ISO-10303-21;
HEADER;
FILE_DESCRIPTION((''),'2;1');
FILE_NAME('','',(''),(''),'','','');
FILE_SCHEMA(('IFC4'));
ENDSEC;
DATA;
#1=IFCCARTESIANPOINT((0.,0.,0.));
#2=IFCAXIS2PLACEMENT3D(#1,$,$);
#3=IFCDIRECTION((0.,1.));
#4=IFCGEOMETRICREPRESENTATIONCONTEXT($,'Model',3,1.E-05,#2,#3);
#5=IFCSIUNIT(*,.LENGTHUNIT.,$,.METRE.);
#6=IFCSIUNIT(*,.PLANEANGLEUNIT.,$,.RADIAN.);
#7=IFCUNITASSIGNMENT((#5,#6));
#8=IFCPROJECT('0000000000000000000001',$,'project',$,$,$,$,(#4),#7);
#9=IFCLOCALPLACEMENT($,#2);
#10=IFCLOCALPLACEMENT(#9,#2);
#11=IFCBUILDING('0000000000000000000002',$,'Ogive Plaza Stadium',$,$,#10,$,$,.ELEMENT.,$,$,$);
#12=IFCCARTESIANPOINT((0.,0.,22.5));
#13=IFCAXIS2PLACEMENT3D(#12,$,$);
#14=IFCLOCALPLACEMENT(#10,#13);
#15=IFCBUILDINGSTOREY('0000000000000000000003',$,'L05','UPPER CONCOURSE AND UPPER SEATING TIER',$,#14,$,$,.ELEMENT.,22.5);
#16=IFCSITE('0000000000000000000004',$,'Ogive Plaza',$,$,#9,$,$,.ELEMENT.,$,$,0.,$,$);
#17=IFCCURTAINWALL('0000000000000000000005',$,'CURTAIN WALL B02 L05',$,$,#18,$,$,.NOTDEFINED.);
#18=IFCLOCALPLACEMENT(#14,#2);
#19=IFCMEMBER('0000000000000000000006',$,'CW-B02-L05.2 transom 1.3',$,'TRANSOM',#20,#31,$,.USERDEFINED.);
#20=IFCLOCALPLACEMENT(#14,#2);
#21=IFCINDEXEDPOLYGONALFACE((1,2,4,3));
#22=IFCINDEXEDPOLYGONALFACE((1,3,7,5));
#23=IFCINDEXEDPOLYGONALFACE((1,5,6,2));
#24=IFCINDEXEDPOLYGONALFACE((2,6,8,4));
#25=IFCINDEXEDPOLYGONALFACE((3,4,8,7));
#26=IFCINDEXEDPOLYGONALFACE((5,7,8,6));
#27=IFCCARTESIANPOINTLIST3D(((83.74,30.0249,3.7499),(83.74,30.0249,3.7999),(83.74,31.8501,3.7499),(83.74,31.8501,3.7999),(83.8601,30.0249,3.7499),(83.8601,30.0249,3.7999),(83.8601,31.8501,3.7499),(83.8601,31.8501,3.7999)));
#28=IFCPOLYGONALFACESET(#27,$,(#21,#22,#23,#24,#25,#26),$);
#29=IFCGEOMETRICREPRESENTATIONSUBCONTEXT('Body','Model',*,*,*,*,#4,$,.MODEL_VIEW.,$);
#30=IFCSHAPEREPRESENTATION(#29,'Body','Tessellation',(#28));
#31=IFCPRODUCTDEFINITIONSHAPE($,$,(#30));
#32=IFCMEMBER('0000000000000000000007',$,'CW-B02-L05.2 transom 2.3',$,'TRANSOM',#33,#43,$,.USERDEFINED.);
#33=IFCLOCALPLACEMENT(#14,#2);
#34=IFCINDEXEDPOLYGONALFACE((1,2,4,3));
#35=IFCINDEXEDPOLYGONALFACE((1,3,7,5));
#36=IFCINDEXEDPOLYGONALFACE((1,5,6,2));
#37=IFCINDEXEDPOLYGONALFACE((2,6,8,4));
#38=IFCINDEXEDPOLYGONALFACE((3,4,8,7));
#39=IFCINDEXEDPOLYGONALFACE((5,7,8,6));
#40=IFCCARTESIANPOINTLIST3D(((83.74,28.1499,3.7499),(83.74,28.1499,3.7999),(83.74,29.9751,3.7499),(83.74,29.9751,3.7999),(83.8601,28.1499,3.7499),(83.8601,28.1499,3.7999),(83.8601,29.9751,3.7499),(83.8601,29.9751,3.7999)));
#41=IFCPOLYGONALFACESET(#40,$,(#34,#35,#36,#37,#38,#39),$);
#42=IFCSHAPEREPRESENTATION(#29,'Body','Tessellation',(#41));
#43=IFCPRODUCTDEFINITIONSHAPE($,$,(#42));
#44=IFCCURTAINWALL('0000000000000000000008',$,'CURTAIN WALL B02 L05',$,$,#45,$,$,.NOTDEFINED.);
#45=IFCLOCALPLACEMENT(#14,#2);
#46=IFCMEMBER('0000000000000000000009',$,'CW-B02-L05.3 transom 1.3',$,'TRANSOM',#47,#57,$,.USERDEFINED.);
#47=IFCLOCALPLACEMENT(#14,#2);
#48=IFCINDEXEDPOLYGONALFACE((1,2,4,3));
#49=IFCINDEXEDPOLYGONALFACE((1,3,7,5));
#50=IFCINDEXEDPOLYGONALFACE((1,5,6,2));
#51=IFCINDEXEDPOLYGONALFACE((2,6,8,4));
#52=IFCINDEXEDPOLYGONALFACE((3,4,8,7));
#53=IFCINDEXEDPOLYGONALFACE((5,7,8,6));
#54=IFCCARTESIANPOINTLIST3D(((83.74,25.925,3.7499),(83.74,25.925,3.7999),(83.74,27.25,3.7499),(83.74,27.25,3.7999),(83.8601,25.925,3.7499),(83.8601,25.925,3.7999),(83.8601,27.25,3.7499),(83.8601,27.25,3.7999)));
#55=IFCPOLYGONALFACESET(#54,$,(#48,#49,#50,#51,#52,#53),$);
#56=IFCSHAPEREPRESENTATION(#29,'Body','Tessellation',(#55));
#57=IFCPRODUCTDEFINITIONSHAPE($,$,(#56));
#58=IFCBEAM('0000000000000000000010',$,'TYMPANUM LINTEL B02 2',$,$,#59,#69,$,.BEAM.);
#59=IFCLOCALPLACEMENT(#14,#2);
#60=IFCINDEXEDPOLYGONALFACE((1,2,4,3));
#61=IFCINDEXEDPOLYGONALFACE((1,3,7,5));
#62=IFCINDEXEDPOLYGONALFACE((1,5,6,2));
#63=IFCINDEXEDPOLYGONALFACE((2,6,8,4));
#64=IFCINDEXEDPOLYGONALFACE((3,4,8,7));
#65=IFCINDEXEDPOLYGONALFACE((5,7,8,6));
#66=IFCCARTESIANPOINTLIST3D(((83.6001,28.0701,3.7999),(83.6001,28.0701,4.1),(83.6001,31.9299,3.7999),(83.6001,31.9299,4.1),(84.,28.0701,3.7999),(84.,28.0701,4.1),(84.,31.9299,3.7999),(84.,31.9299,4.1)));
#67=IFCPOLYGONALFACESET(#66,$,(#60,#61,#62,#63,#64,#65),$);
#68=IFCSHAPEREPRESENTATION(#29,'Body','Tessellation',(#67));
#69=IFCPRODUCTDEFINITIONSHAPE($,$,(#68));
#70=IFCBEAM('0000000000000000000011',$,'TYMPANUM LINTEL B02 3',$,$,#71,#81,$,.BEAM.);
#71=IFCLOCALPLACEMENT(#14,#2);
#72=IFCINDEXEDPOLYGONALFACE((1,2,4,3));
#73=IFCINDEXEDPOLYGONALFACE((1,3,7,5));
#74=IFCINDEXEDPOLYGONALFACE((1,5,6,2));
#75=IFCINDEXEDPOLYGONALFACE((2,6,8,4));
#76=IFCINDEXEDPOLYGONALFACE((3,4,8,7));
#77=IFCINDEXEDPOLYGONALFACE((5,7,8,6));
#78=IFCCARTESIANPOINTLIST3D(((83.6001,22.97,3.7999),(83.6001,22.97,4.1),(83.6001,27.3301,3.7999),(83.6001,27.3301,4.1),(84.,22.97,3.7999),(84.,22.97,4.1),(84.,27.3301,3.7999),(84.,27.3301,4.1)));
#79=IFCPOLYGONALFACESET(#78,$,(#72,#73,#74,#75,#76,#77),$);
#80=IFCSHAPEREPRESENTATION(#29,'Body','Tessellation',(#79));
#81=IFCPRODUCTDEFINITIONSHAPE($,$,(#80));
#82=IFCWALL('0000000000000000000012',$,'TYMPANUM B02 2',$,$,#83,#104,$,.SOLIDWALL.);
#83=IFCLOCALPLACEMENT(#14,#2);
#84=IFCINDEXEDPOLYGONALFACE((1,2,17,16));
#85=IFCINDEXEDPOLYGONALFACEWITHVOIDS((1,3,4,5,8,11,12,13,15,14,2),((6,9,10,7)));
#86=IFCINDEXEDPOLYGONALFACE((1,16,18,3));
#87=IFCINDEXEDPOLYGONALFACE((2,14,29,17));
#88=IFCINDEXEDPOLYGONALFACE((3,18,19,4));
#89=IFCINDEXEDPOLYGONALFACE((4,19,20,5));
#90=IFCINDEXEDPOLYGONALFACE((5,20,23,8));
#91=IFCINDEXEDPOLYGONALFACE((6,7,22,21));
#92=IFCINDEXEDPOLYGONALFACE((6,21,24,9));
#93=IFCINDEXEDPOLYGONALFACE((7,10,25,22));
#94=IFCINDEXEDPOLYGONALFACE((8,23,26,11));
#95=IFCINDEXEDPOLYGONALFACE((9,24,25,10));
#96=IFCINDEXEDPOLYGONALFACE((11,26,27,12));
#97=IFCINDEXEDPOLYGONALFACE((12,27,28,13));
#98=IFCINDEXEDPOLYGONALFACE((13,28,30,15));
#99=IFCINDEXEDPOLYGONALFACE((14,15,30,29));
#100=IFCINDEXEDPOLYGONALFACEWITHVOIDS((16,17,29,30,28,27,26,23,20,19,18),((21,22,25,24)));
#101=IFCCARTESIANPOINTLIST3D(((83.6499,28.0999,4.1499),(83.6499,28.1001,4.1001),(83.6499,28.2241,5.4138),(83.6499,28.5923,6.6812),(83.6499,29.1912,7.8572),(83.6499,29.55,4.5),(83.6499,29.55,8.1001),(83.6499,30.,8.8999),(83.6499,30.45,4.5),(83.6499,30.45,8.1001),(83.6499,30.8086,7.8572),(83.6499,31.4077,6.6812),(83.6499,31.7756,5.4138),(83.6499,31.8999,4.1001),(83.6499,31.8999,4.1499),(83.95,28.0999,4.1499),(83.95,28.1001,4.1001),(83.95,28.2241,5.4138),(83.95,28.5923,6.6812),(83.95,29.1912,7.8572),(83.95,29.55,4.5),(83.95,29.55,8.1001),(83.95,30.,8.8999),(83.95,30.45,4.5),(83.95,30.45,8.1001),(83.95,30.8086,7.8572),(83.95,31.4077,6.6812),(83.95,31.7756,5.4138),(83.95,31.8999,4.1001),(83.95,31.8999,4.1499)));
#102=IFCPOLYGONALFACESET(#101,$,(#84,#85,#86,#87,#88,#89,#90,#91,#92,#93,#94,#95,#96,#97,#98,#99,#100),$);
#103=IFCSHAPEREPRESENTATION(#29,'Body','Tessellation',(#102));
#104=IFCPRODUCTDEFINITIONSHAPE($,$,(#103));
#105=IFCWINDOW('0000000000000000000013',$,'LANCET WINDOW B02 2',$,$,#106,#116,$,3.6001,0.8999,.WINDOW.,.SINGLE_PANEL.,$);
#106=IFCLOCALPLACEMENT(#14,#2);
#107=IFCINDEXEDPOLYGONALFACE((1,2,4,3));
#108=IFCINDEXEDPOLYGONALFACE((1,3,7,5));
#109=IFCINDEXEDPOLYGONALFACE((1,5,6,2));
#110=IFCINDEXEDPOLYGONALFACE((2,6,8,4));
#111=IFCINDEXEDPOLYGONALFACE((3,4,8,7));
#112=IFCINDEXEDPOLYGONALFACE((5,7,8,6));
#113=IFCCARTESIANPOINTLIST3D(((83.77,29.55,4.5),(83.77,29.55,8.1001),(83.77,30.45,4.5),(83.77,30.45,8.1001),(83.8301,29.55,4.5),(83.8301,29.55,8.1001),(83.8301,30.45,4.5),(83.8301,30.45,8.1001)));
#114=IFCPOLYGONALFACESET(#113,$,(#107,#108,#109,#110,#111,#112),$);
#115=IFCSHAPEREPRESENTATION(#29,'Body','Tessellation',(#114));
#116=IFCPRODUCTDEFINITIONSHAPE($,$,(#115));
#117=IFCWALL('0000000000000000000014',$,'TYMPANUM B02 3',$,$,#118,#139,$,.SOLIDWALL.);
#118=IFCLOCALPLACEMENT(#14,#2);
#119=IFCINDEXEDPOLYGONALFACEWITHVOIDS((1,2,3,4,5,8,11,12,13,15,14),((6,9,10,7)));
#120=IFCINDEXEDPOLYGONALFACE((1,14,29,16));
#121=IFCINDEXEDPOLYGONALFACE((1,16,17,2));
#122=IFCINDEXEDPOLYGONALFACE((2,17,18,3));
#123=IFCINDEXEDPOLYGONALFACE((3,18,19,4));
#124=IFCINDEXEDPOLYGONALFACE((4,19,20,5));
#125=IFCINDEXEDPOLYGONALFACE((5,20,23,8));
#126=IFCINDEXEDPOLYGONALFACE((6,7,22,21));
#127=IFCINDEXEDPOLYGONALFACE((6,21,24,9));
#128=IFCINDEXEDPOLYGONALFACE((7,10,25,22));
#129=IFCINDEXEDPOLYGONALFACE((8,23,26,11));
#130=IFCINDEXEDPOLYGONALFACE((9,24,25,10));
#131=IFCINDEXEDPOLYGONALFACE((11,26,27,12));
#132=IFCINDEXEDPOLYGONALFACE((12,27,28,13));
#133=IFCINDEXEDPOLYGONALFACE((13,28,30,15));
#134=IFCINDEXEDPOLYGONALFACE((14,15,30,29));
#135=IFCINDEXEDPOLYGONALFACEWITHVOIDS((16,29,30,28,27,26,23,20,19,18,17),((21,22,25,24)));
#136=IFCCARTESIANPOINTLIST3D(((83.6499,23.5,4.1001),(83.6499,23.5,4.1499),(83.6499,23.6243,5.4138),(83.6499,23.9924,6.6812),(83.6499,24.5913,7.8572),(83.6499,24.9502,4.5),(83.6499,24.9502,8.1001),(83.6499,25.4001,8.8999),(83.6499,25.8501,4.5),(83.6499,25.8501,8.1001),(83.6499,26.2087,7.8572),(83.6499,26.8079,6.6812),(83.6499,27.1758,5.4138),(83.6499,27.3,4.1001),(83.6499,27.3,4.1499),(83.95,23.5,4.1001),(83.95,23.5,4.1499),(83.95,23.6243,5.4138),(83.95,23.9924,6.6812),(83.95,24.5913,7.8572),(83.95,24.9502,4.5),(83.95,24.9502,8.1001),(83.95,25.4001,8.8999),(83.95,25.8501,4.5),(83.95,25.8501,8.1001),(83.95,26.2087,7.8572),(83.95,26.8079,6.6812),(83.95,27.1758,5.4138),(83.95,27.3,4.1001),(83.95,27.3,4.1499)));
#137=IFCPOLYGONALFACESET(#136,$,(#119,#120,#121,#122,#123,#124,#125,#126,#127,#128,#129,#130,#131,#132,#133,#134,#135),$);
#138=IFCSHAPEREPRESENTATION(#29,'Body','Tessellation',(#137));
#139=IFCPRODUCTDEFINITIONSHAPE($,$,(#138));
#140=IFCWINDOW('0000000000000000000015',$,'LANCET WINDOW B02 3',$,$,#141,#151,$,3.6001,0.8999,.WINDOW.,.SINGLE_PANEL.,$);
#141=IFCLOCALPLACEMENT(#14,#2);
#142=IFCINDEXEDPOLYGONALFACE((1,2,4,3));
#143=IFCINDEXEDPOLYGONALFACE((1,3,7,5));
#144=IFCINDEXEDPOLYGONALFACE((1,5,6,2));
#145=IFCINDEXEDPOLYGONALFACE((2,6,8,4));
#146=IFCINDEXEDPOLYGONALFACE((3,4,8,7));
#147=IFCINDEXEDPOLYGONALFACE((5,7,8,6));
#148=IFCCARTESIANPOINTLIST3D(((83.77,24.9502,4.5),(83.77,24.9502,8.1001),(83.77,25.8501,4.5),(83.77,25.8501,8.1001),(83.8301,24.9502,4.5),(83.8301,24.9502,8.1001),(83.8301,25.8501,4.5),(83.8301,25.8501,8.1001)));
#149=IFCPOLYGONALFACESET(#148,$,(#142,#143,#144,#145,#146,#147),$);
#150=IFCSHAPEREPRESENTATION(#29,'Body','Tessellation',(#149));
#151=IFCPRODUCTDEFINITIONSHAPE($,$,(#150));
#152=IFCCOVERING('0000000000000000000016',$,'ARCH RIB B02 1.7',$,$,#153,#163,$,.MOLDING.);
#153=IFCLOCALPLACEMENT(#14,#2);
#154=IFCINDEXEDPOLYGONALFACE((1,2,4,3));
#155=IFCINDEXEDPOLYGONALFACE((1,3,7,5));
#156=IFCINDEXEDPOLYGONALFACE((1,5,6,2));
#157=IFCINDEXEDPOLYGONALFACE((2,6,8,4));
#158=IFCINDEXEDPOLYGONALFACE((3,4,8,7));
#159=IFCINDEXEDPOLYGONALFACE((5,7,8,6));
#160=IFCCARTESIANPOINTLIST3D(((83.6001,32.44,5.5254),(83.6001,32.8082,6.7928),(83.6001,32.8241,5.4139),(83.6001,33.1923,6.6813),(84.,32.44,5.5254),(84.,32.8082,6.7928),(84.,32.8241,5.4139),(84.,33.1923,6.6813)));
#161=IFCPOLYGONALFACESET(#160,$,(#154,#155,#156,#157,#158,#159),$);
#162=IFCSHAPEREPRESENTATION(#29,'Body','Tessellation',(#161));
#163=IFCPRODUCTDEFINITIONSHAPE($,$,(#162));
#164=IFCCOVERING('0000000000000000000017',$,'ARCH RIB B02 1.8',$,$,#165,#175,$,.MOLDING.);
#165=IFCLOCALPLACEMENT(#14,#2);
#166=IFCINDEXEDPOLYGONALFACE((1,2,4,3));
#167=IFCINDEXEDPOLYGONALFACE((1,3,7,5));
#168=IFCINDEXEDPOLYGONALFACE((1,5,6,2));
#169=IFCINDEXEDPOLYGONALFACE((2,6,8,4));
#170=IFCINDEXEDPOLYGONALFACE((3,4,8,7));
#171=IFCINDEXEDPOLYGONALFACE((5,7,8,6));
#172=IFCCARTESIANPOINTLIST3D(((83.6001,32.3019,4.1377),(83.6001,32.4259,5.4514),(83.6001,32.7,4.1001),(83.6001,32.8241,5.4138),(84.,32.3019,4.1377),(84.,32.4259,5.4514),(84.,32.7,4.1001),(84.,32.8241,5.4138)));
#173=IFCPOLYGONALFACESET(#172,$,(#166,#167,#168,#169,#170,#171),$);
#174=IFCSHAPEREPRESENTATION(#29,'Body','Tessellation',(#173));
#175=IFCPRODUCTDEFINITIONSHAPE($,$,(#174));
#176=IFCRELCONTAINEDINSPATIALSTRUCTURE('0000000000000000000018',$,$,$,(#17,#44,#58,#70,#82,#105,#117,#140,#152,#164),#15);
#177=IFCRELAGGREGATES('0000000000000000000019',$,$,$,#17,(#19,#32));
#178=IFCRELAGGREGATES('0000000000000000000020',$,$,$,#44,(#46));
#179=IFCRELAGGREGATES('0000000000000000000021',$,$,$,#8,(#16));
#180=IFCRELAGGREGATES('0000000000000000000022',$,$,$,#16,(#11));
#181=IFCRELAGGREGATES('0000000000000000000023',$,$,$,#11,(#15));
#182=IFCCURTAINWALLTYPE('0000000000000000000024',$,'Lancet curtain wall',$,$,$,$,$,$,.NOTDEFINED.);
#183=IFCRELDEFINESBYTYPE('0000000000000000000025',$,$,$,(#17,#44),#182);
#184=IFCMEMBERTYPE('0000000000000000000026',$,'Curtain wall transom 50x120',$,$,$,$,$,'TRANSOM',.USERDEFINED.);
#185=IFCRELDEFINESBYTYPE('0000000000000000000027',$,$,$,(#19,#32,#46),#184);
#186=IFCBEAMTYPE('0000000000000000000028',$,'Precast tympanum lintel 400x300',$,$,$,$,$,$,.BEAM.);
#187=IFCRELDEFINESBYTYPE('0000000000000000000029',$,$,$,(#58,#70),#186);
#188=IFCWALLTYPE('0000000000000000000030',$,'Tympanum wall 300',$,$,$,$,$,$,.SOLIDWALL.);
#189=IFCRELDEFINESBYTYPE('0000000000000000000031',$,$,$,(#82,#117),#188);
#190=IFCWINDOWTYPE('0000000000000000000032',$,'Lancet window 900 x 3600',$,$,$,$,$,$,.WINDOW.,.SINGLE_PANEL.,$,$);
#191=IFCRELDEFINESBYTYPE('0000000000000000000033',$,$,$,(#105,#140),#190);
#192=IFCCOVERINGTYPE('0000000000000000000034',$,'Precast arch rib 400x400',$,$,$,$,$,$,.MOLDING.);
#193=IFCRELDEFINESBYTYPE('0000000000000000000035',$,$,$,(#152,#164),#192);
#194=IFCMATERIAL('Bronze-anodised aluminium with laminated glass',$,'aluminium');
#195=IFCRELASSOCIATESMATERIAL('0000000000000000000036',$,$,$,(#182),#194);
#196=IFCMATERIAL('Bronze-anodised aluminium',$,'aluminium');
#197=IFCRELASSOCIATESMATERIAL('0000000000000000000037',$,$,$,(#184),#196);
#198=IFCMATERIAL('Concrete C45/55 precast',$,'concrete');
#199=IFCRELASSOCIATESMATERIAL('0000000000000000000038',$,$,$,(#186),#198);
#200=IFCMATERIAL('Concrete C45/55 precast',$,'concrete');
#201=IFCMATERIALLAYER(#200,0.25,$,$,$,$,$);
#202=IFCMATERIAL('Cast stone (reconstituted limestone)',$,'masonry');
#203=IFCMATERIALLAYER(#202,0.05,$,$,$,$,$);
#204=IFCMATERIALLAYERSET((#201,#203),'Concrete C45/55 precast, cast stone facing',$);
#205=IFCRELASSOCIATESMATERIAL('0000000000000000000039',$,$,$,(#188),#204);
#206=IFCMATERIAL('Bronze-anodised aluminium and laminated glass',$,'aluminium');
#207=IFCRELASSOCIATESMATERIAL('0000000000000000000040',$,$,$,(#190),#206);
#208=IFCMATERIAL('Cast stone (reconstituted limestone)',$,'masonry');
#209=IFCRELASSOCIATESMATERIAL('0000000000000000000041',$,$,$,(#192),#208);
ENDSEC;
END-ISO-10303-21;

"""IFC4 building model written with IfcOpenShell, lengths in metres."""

from ifc_helpers import new_model, si_unit, direction, frame, frame_2d, origin, origin_2d, place, context, subcontext, project, spatial, polyline, rectangle, outline, extrude, material, layer, layer_set, material_profile, profile_set, type_object, element, fill, aggregate, save


model = new_model("IFC4")

# Units and contexts
model_context = context("Model", 3, precision=1e-05, world=origin(), true_north=direction((0.0, 1.0)))
body_context = subcontext(model_context, "Body", "Model", "MODEL_VIEW")
ifc_project = project(units=[si_unit("LENGTHUNIT", "METRE"), si_unit("PLANEANGLEUNIT", "RADIAN")], contexts=[model_context])

# Site, building, storey
site_placement = place(None, origin())
site = spatial("IfcSite", under=ifc_project, at=site_placement, Name="Ogive Plaza", CompositionType="ELEMENT", RefElevation=0.0)
building_placement = place(site_placement, origin())
building = spatial("IfcBuilding", under=site, at=building_placement, Name="Ogive Plaza Stadium", CompositionType="ELEMENT")
storey_placement = place(building_placement, frame((0.0, 0.0, 22.5)))
storey = spatial("IfcBuildingStorey", under=building, at=storey_placement, Name="L05", Description="UPPER CONCOURSE AND UPPER SEATING TIER", CompositionType="ELEMENT", Elevation=22.5)

# Curtain wall, members
ifc_material_1 = material(Name="Bronze-anodised aluminium with laminated glass", Category="aluminium")
curtain_wall_type = type_object("IfcCurtainWallType", Name="Lancet curtain wall", PredefinedType="NOTDEFINED", material=ifc_material_1)
curtain_wall_1_placement = place(storey_placement, origin())
curtain_wall_1 = element("IfcCurtainWall", 1, at=curtain_wall_1_placement, inside=storey, type_object=curtain_wall_type, Name="CURTAIN WALL B02 L05", PredefinedType="NOTDEFINED")
ifc_material_2 = material(Name="Bronze-anodised aluminium", Category="aluminium")
ifc_material_profile_1 = material_profile(ifc_material_2, rectangle(XDim=0.1201, YDim=0.05, at=origin_2d()), Name="AL 120x50")
ifc_profile_set_1 = profile_set([ifc_material_profile_1], Name="Bronze-anodised aluminium")
member_type = type_object("IfcMemberType", Name="Curtain wall transom 50x120", ElementType="TRANSOM", PredefinedType="USERDEFINED", material=ifc_profile_set_1)
member_1_placement = place(storey_placement, frame((83.8, 31.8501, 3.7749), z_axis=(0.0, -1.0, 0.0), x_axis=(1.0, 0.0, 0.0)))
member_1 = element("IfcMember", 2, at=member_1_placement, type_object=member_type, Name="CW-B02-L05.2 transom 1.3", ObjectType="TRANSOM", PredefinedType="USERDEFINED", context=body_context, shape_type="SweptSolid", body=[
    extrude(rectangle(XDim=0.1201, YDim=0.05, at=origin_2d()), origin(), (0.0, 0.0, 1.0), 1.8252),
])
member_2_placement = place(storey_placement, frame((83.8, 29.9751, 3.7749), z_axis=(0.0, -1.0, 0.0), x_axis=(1.0, 0.0, 0.0)))
member_2 = element("IfcMember", 3, at=member_2_placement, type_object=member_type, Name="CW-B02-L05.2 transom 2.3", ObjectType="TRANSOM", PredefinedType="USERDEFINED", context=body_context, shape_type="SweptSolid", body=[
    extrude(rectangle(XDim=0.1201, YDim=0.05, at=origin_2d()), origin(), (0.0, 0.0, 1.0), 1.8252),
])
aggregate(curtain_wall_1, [member_1, member_2])

# Curtain wall, member
curtain_wall_2_placement = place(storey_placement, origin())
curtain_wall_2 = element("IfcCurtainWall", 4, at=curtain_wall_2_placement, inside=storey, type_object=curtain_wall_type, Name="CURTAIN WALL B02 L05", PredefinedType="NOTDEFINED")
member_3_placement = place(storey_placement, frame((83.8, 27.25, 3.7749), z_axis=(0.0, -1.0, 0.0), x_axis=(1.0, 0.0, 0.0)))
member_3 = element("IfcMember", 5, at=member_3_placement, type_object=member_type, Name="CW-B02-L05.3 transom 1.3", ObjectType="TRANSOM", PredefinedType="USERDEFINED", context=body_context, shape_type="SweptSolid", body=[
    extrude(rectangle(XDim=0.1201, YDim=0.05, at=origin_2d()), origin(), (0.0, 0.0, 1.0), 1.325),
])
aggregate(curtain_wall_2, [member_3])

# Beams
ifc_material_3 = material(Name="Concrete C45/55 precast", Category="concrete")
ifc_material_profile_2 = material_profile(ifc_material_3, rectangle(XDim=0.3999, YDim=0.3, at=origin_2d()), Name="RC 400x300")
ifc_profile_set_2 = profile_set([ifc_material_profile_2], Name="Concrete C45/55 precast")
beam_type = type_object("IfcBeamType", Name="Precast tympanum lintel 400x300", PredefinedType="BEAM", material=ifc_profile_set_2)
beam_1_placement = place(storey_placement, frame((83.8, 31.9299, 3.95), z_axis=(0.0, -1.0, 0.0), x_axis=(1.0, 0.0, 0.0)))
element("IfcBeam", 6, at=beam_1_placement, inside=storey, type_object=beam_type, Name="TYMPANUM LINTEL B02 2", PredefinedType="BEAM", context=body_context, shape_type="SweptSolid", body=[
    extrude(rectangle(XDim=0.3999, YDim=0.3, at=origin_2d()), origin(), (0.0, 0.0, 1.0), 3.8599),
])
beam_2_placement = place(storey_placement, frame((83.8, 27.3301, 3.95), z_axis=(0.0, -1.0, 0.0), x_axis=(1.0, 0.0, 0.0)))
element("IfcBeam", 7, at=beam_2_placement, inside=storey, type_object=beam_type, Name="TYMPANUM LINTEL B02 3", PredefinedType="BEAM", context=body_context, shape_type="SweptSolid", body=[
    extrude(rectangle(XDim=0.3999, YDim=0.3, at=origin_2d()), origin(), (0.0, 0.0, 1.0), 4.3601),
])

# Walls, openings, windows
ifc_material_4 = material(Name="Concrete C45/55 precast", Category="concrete")
ifc_layer_1 = layer(ifc_material_4, 0.25)
ifc_material_5 = material(Name="Cast stone (reconstituted limestone)", Category="masonry")
ifc_layer_2 = layer(ifc_material_5, 0.05)
ifc_layer_set = layer_set([ifc_layer_1, ifc_layer_2], Name="Concrete C45/55 precast, cast stone facing")
wall_type = type_object("IfcWallType", Name="Tympanum wall 300", PredefinedType="SOLIDWALL", material=ifc_layer_set)
wall_1_placement = place(storey_placement, frame((83.8, 31.8999, 4.1001), z_axis=(0.0, 0.0, 1.0), x_axis=(0.0, -1.0, 0.0)))
wall_1 = element("IfcWall", 8, at=wall_1_placement, inside=storey, type_object=wall_type, Name="TYMPANUM B02 2", PredefinedType="SOLIDWALL", context=body_context, shape_type="SweptSolid", body=[
    extrude(outline(polyline([(0.0, 0.0), (3.7998, 0.0), (3.8, 0.0498), (3.6758, 1.3137), (3.3076, 2.5811), (2.7087, 3.7571), (1.8999, 4.7998), (1.0913, 3.7571), (0.4922, 2.5811), (0.1243, 1.3137), (0.0, 0.0498), (0.0, 0.0)])), frame((0.0, 0.1499, 0.0), z_axis=(0.0, -1.0, 0.0), x_axis=(1.0, 0.0, 0.0)), (0.0, 0.0, 1.0), 0.3),
])
opening_1_placement = place(wall_1_placement, frame((1.45, 0.0, 0.3999)))
opening_1 = element("IfcOpeningElement", 9, at=opening_1_placement, cuts=wall_1, PredefinedType="OPENING", context=body_context, shape_type="SweptSolid", body=[
    extrude(rectangle(XDim=0.8999, YDim=3.6001, at=frame_2d((0.45, 1.8))), frame((0.0, 0.1602, 0.0), z_axis=(0.0, -1.0, 0.0), x_axis=(1.0, 0.0, 0.0)), (0.0, 0.0, 1.0), 0.3201),
])
ifc_material_6 = material(Name="Bronze-anodised aluminium and laminated glass", Category="aluminium")
window_type = type_object("IfcWindowType", Name="Lancet window 900 x 3600", PartitioningType="SINGLE_PANEL", PredefinedType="WINDOW", material=ifc_material_6)
window_1_placement = place(opening_1_placement, origin())
window_1 = element("IfcWindow", 10, at=window_1_placement, inside=storey, type_object=window_type, Name="LANCET WINDOW B02 2", OverallHeight=3.6001, OverallWidth=0.8999, PartitioningType="SINGLE_PANEL", PredefinedType="WINDOW", context=body_context, shape_type="SweptSolid", body=[
    extrude(rectangle(XDim=0.8999, YDim=3.6001, at=frame_2d((0.45, 1.8))), frame((0.0, 0.03, 0.0), z_axis=(0.0, -1.0, 0.0), x_axis=(1.0, 0.0, 0.0)), (0.0, 0.0, 1.0), 0.0601),
])
fill(opening_1, window_1)
wall_2_placement = place(storey_placement, frame((83.8, 27.3, 4.1001), z_axis=(0.0, 0.0, 1.0), x_axis=(0.0, -1.0, 0.0)))
wall_2 = element("IfcWall", 11, at=wall_2_placement, inside=storey, type_object=wall_type, Name="TYMPANUM B02 3", PredefinedType="SOLIDWALL", context=body_context, shape_type="SweptSolid", body=[
    extrude(outline(polyline([(0.0, 0.0), (3.8, 0.0), (3.8, 0.0498), (3.6758, 1.3137), (3.3076, 2.5811), (2.7087, 3.7571), (1.8999, 4.7998), (1.0913, 3.7571), (0.4922, 2.5811), (0.1243, 1.3137), (0.0, 0.0498), (0.0, 0.0)])), frame((0.0, 0.1499, 0.0), z_axis=(0.0, -1.0, 0.0), x_axis=(1.0, 0.0, 0.0)), (0.0, 0.0, 1.0), 0.3),
])
opening_2_placement = place(wall_2_placement, frame((1.45, 0.0, 0.3999)))
opening_2 = element("IfcOpeningElement", 12, at=opening_2_placement, cuts=wall_2, PredefinedType="OPENING", context=body_context, shape_type="SweptSolid", body=[
    extrude(rectangle(XDim=0.8999, YDim=3.6001, at=frame_2d((0.45, 1.8))), frame((0.0, 0.1602, 0.0), z_axis=(0.0, -1.0, 0.0), x_axis=(1.0, 0.0, 0.0)), (0.0, 0.0, 1.0), 0.3201),
])
window_2_placement = place(opening_2_placement, origin())
window_2 = element("IfcWindow", 13, at=window_2_placement, inside=storey, type_object=window_type, Name="LANCET WINDOW B02 3", OverallHeight=3.6001, OverallWidth=0.8999, PartitioningType="SINGLE_PANEL", PredefinedType="WINDOW", context=body_context, shape_type="SweptSolid", body=[
    extrude(rectangle(XDim=0.8999, YDim=3.6001, at=frame_2d((0.45, 1.8))), frame((0.0, 0.03, 0.0), z_axis=(0.0, -1.0, 0.0), x_axis=(1.0, 0.0, 0.0)), (0.0, 0.0, 1.0), 0.0601),
])
fill(opening_2, window_2)

# Coverings
ifc_material_7 = material(Name="Cast stone (reconstituted limestone)", Category="masonry")
ifc_material_profile_3 = material_profile(ifc_material_7, rectangle(XDim=0.3999, YDim=0.3999, at=origin_2d()), Name="Cast stone 400x400")
ifc_profile_set_3 = profile_set([ifc_material_profile_3], Name="Cast stone (reconstituted limestone)")
covering_type = type_object("IfcCoveringType", Name="Precast arch rib 400x400", PredefinedType="MOLDING", material=ifc_profile_set_3)
covering_1_placement = place(storey_placement, frame((83.8, 33.0002, 6.7371), z_axis=(0.0, -0.27897, -0.9603), x_axis=(1.0, 0.0, 0.0)))
element("IfcCovering", 14, at=covering_1_placement, inside=storey, type_object=covering_type, Name="ARCH RIB B02 1.7", PredefinedType="MOLDING", context=body_context, shape_type="SweptSolid", body=[
    extrude(rectangle(XDim=0.3999, YDim=0.3999, at=origin_2d()), origin(), (0.0, 0.0, 1.0), 1.3198),
])
for number, where, z_axis, x_axis, name in (
    (15, (83.8, 32.625, 5.4326), (0.0, -0.093988, -0.995573), (1.0, 0.0, 0.0), "ARCH RIB B02 1.8"),
):
    element("IfcCovering", number, at=place(storey_placement, frame(where, z_axis=z_axis, x_axis=x_axis)), inside=storey, type_object=covering_type, Name=name, PredefinedType="MOLDING", context=body_context, shape_type="SweptSolid", body=[
        extrude(rectangle(XDim=0.3999, YDim=0.3999, at=origin_2d()), origin(), (0.0, 0.0, 1.0), 1.3196),
    ])

save(model, "model.ifc")
